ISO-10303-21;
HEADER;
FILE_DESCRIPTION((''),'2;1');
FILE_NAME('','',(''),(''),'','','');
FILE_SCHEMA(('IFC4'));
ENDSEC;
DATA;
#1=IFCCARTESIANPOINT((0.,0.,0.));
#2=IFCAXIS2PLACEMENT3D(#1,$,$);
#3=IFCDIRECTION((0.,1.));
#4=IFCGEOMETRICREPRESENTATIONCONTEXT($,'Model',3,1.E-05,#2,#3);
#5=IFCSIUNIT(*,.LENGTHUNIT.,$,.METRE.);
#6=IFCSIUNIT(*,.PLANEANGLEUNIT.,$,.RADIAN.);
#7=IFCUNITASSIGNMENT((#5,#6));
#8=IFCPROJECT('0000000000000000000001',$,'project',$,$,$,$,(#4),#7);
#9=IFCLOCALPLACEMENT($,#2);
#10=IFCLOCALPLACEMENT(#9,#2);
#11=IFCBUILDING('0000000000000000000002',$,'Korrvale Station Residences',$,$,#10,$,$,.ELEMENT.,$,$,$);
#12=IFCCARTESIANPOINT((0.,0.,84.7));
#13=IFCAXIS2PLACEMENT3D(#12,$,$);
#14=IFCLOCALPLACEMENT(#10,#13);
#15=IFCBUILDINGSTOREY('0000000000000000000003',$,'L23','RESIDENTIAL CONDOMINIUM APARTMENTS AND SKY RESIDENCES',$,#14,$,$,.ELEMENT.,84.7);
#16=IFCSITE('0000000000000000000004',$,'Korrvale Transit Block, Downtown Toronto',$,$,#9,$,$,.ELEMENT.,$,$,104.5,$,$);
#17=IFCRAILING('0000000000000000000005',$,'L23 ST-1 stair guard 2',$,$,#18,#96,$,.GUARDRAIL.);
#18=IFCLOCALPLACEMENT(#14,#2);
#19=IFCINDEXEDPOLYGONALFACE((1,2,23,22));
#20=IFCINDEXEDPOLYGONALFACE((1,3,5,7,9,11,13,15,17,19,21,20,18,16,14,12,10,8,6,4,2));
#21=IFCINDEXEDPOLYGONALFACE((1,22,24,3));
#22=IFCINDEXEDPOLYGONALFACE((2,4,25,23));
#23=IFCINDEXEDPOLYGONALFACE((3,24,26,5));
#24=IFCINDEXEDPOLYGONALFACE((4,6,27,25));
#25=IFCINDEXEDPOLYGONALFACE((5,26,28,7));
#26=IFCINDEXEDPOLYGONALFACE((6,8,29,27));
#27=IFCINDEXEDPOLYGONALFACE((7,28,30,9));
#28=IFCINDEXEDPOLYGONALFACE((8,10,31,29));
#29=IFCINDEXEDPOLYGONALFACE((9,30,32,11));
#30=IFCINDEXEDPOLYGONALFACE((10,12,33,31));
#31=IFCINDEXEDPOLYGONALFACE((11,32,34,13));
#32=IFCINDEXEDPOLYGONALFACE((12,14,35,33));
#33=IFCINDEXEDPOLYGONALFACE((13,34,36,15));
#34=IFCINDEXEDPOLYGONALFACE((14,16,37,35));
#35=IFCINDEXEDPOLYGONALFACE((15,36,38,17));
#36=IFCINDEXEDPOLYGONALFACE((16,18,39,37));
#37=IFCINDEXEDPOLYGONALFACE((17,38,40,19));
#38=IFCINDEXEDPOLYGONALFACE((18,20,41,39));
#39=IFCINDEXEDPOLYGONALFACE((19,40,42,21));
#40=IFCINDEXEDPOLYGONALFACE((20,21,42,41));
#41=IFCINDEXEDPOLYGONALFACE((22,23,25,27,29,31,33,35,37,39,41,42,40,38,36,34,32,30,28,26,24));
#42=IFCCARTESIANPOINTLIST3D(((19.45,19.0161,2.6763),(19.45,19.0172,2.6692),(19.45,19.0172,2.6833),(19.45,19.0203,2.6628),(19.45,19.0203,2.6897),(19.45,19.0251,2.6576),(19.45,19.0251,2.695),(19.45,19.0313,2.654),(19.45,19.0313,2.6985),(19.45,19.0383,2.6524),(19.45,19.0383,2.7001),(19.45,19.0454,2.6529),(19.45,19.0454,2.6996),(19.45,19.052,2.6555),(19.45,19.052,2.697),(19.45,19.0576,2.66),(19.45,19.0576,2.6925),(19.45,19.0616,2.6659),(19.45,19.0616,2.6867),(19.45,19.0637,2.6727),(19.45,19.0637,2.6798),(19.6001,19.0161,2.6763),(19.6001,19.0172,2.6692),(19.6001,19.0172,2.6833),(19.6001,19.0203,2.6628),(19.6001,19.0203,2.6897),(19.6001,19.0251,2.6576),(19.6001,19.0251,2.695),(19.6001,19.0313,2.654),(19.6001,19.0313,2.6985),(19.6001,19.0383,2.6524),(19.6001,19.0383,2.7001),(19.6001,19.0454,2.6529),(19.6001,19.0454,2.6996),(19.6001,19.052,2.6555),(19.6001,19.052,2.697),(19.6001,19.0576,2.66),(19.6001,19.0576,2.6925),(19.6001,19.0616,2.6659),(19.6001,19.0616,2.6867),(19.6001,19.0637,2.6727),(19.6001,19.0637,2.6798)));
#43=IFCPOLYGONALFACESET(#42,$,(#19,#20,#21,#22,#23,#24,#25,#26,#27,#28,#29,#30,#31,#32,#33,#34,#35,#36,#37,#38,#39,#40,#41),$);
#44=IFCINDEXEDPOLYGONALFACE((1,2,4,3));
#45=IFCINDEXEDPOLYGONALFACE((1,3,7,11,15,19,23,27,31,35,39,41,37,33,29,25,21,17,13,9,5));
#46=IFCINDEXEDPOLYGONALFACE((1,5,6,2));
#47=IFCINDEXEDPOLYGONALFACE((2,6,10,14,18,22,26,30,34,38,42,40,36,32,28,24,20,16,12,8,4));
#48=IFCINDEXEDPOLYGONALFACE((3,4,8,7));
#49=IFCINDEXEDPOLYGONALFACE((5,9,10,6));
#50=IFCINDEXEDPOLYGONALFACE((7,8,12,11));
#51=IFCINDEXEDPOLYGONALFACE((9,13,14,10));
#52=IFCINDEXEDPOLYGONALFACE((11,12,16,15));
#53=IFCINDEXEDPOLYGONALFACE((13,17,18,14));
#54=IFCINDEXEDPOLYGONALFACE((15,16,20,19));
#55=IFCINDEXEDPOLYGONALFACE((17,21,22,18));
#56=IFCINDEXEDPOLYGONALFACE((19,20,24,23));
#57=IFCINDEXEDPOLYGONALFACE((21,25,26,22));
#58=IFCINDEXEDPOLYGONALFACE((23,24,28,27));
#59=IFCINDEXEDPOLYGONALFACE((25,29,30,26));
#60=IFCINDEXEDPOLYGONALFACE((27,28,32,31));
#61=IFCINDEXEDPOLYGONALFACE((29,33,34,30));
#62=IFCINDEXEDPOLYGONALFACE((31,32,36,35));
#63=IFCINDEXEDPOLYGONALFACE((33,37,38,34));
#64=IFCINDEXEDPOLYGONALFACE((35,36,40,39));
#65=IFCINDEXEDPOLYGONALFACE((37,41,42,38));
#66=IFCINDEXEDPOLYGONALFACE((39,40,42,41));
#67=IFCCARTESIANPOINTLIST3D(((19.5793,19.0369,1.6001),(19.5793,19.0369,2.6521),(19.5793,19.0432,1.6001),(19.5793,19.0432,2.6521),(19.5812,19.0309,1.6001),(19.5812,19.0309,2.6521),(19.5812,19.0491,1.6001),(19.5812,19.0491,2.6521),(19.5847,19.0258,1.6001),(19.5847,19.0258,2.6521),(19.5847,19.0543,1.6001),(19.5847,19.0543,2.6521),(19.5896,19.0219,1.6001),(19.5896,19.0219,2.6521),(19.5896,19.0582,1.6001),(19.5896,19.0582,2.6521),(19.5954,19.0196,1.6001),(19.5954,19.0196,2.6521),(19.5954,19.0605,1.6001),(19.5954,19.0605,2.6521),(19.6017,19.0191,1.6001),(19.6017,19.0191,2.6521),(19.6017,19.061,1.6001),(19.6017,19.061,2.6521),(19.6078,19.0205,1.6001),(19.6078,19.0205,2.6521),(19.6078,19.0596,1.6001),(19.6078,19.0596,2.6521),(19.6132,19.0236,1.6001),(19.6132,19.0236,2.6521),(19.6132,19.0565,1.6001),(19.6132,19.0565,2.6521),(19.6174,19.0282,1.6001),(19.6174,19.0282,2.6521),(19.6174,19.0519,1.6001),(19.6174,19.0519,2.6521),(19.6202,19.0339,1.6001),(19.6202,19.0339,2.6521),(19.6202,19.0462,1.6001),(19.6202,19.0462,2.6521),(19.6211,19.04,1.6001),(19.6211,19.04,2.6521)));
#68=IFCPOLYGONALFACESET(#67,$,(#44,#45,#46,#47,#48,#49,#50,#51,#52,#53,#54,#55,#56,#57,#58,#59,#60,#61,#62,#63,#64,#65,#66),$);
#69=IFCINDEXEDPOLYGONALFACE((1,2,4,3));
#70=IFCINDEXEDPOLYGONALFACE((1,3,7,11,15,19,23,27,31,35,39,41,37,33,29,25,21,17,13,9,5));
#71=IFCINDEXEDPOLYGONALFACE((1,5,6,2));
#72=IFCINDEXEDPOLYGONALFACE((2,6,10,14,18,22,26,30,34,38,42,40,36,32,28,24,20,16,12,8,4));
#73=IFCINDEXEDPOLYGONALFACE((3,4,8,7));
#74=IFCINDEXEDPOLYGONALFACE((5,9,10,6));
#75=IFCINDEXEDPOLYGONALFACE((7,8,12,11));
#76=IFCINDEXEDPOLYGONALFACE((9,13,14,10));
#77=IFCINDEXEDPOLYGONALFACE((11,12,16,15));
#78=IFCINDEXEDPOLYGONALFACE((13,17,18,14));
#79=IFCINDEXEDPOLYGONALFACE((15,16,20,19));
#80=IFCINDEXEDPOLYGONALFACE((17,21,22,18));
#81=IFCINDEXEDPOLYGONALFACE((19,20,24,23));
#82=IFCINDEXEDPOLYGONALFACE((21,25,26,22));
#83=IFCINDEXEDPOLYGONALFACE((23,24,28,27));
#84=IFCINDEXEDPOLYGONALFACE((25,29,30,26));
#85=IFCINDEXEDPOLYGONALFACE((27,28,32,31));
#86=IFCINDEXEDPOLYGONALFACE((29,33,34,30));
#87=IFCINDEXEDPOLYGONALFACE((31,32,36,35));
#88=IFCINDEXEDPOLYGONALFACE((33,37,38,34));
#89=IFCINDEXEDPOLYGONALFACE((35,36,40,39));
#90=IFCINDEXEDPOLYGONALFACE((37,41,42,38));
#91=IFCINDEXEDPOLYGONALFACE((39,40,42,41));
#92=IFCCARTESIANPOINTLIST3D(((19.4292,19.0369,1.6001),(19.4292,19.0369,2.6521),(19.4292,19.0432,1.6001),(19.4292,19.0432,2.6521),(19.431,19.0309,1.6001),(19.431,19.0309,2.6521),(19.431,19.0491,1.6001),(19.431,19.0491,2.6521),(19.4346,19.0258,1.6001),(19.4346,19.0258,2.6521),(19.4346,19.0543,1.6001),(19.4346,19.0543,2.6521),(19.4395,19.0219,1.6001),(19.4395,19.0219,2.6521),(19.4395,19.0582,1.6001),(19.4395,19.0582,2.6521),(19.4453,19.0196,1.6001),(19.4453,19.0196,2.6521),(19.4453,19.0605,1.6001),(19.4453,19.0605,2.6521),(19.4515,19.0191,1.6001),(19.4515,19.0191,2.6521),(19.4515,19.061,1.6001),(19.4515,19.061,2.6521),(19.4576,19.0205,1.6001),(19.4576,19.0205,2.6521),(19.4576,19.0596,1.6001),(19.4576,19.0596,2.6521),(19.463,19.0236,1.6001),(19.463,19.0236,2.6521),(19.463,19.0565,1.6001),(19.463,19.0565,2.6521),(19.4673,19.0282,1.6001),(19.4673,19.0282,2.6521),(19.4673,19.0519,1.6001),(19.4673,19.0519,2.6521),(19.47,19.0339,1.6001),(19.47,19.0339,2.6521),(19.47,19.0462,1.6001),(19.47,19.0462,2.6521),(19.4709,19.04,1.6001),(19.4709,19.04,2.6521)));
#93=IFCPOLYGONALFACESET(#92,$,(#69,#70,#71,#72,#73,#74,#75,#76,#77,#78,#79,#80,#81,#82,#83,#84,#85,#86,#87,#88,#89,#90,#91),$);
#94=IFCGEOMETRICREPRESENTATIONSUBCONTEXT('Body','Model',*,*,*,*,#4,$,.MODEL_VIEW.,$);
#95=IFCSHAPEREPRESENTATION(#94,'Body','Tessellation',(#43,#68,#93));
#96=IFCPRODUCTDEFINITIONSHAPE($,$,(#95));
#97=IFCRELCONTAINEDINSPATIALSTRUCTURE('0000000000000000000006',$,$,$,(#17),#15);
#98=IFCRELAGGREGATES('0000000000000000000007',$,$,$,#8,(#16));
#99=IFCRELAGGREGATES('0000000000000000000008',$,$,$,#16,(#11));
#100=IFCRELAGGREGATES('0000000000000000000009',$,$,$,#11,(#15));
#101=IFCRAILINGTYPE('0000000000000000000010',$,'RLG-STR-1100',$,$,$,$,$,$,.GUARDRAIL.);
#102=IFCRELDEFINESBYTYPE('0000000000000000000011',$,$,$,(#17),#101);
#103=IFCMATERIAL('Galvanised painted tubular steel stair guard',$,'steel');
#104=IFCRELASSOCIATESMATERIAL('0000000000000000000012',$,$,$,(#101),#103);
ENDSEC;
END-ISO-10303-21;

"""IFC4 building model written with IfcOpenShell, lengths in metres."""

from ifc_helpers import new_model, si_unit, direction, frame, origin, origin_2d, place, context, subcontext, project, spatial, circle, extrude, material, type_object, element, save


model = new_model("IFC4")

# Units and contexts
model_context = context("Model", 3, precision=1e-05, world=origin(), true_north=direction((0.0, 1.0)))
body_context = subcontext(model_context, "Body", "Model", "MODEL_VIEW")
ifc_project = project(units=[si_unit("LENGTHUNIT", "METRE"), si_unit("PLANEANGLEUNIT", "RADIAN")], contexts=[model_context])

# Site, building, storey
site_placement = place(None, origin())
site = spatial("IfcSite", under=ifc_project, at=site_placement, Name="Korrvale Transit Block, Downtown Toronto", CompositionType="ELEMENT", RefElevation=104.5)
building_placement = place(site_placement, origin())
building = spatial("IfcBuilding", under=site, at=building_placement, Name="Korrvale Station Residences", CompositionType="ELEMENT")
storey_placement = place(building_placement, frame((0.0, 0.0, 84.7)))
storey = spatial("IfcBuildingStorey", under=building, at=storey_placement, Name="L23", Description="RESIDENTIAL CONDOMINIUM APARTMENTS AND SKY RESIDENCES", CompositionType="ELEMENT", Elevation=84.7)

# Railing
ifc_material_1 = material(Name="Galvanised painted tubular steel stair guard", Category="steel")
railing_type_1 = type_object("IfcRailingType", Name="RLG-STR-1100", PredefinedType="GUARDRAIL", material=ifc_material_1)
railing_1_placement = place(storey_placement, frame((19.6001, 19.04, 1.6001)))
element("IfcRailing", 1, at=railing_1_placement, inside=storey, type_object=railing_type_1, Name="L23 ST-1 stair guard 2", PredefinedType="GUARDRAIL", context=body_context, shape_type="SweptSolid", body=[
    extrude(circle(Radius=0.0239, at=origin_2d()), frame((0.0, 0.0, 1.0762), z_axis=(-1.0, 0.0, 0.0), x_axis=(0.0, -1.0, 0.0)), (0.0, 0.0, 1.0), 0.1501),
    extrude(circle(Radius=0.021, at=origin_2d()), origin(), (0.0, 0.0, 1.0), 1.052),
    extrude(circle(Radius=0.021, at=origin_2d()), frame((-0.1501, 0.0, 0.0)), (0.0, 0.0, 1.0), 1.052),
])

save(model, "model.ifc")
